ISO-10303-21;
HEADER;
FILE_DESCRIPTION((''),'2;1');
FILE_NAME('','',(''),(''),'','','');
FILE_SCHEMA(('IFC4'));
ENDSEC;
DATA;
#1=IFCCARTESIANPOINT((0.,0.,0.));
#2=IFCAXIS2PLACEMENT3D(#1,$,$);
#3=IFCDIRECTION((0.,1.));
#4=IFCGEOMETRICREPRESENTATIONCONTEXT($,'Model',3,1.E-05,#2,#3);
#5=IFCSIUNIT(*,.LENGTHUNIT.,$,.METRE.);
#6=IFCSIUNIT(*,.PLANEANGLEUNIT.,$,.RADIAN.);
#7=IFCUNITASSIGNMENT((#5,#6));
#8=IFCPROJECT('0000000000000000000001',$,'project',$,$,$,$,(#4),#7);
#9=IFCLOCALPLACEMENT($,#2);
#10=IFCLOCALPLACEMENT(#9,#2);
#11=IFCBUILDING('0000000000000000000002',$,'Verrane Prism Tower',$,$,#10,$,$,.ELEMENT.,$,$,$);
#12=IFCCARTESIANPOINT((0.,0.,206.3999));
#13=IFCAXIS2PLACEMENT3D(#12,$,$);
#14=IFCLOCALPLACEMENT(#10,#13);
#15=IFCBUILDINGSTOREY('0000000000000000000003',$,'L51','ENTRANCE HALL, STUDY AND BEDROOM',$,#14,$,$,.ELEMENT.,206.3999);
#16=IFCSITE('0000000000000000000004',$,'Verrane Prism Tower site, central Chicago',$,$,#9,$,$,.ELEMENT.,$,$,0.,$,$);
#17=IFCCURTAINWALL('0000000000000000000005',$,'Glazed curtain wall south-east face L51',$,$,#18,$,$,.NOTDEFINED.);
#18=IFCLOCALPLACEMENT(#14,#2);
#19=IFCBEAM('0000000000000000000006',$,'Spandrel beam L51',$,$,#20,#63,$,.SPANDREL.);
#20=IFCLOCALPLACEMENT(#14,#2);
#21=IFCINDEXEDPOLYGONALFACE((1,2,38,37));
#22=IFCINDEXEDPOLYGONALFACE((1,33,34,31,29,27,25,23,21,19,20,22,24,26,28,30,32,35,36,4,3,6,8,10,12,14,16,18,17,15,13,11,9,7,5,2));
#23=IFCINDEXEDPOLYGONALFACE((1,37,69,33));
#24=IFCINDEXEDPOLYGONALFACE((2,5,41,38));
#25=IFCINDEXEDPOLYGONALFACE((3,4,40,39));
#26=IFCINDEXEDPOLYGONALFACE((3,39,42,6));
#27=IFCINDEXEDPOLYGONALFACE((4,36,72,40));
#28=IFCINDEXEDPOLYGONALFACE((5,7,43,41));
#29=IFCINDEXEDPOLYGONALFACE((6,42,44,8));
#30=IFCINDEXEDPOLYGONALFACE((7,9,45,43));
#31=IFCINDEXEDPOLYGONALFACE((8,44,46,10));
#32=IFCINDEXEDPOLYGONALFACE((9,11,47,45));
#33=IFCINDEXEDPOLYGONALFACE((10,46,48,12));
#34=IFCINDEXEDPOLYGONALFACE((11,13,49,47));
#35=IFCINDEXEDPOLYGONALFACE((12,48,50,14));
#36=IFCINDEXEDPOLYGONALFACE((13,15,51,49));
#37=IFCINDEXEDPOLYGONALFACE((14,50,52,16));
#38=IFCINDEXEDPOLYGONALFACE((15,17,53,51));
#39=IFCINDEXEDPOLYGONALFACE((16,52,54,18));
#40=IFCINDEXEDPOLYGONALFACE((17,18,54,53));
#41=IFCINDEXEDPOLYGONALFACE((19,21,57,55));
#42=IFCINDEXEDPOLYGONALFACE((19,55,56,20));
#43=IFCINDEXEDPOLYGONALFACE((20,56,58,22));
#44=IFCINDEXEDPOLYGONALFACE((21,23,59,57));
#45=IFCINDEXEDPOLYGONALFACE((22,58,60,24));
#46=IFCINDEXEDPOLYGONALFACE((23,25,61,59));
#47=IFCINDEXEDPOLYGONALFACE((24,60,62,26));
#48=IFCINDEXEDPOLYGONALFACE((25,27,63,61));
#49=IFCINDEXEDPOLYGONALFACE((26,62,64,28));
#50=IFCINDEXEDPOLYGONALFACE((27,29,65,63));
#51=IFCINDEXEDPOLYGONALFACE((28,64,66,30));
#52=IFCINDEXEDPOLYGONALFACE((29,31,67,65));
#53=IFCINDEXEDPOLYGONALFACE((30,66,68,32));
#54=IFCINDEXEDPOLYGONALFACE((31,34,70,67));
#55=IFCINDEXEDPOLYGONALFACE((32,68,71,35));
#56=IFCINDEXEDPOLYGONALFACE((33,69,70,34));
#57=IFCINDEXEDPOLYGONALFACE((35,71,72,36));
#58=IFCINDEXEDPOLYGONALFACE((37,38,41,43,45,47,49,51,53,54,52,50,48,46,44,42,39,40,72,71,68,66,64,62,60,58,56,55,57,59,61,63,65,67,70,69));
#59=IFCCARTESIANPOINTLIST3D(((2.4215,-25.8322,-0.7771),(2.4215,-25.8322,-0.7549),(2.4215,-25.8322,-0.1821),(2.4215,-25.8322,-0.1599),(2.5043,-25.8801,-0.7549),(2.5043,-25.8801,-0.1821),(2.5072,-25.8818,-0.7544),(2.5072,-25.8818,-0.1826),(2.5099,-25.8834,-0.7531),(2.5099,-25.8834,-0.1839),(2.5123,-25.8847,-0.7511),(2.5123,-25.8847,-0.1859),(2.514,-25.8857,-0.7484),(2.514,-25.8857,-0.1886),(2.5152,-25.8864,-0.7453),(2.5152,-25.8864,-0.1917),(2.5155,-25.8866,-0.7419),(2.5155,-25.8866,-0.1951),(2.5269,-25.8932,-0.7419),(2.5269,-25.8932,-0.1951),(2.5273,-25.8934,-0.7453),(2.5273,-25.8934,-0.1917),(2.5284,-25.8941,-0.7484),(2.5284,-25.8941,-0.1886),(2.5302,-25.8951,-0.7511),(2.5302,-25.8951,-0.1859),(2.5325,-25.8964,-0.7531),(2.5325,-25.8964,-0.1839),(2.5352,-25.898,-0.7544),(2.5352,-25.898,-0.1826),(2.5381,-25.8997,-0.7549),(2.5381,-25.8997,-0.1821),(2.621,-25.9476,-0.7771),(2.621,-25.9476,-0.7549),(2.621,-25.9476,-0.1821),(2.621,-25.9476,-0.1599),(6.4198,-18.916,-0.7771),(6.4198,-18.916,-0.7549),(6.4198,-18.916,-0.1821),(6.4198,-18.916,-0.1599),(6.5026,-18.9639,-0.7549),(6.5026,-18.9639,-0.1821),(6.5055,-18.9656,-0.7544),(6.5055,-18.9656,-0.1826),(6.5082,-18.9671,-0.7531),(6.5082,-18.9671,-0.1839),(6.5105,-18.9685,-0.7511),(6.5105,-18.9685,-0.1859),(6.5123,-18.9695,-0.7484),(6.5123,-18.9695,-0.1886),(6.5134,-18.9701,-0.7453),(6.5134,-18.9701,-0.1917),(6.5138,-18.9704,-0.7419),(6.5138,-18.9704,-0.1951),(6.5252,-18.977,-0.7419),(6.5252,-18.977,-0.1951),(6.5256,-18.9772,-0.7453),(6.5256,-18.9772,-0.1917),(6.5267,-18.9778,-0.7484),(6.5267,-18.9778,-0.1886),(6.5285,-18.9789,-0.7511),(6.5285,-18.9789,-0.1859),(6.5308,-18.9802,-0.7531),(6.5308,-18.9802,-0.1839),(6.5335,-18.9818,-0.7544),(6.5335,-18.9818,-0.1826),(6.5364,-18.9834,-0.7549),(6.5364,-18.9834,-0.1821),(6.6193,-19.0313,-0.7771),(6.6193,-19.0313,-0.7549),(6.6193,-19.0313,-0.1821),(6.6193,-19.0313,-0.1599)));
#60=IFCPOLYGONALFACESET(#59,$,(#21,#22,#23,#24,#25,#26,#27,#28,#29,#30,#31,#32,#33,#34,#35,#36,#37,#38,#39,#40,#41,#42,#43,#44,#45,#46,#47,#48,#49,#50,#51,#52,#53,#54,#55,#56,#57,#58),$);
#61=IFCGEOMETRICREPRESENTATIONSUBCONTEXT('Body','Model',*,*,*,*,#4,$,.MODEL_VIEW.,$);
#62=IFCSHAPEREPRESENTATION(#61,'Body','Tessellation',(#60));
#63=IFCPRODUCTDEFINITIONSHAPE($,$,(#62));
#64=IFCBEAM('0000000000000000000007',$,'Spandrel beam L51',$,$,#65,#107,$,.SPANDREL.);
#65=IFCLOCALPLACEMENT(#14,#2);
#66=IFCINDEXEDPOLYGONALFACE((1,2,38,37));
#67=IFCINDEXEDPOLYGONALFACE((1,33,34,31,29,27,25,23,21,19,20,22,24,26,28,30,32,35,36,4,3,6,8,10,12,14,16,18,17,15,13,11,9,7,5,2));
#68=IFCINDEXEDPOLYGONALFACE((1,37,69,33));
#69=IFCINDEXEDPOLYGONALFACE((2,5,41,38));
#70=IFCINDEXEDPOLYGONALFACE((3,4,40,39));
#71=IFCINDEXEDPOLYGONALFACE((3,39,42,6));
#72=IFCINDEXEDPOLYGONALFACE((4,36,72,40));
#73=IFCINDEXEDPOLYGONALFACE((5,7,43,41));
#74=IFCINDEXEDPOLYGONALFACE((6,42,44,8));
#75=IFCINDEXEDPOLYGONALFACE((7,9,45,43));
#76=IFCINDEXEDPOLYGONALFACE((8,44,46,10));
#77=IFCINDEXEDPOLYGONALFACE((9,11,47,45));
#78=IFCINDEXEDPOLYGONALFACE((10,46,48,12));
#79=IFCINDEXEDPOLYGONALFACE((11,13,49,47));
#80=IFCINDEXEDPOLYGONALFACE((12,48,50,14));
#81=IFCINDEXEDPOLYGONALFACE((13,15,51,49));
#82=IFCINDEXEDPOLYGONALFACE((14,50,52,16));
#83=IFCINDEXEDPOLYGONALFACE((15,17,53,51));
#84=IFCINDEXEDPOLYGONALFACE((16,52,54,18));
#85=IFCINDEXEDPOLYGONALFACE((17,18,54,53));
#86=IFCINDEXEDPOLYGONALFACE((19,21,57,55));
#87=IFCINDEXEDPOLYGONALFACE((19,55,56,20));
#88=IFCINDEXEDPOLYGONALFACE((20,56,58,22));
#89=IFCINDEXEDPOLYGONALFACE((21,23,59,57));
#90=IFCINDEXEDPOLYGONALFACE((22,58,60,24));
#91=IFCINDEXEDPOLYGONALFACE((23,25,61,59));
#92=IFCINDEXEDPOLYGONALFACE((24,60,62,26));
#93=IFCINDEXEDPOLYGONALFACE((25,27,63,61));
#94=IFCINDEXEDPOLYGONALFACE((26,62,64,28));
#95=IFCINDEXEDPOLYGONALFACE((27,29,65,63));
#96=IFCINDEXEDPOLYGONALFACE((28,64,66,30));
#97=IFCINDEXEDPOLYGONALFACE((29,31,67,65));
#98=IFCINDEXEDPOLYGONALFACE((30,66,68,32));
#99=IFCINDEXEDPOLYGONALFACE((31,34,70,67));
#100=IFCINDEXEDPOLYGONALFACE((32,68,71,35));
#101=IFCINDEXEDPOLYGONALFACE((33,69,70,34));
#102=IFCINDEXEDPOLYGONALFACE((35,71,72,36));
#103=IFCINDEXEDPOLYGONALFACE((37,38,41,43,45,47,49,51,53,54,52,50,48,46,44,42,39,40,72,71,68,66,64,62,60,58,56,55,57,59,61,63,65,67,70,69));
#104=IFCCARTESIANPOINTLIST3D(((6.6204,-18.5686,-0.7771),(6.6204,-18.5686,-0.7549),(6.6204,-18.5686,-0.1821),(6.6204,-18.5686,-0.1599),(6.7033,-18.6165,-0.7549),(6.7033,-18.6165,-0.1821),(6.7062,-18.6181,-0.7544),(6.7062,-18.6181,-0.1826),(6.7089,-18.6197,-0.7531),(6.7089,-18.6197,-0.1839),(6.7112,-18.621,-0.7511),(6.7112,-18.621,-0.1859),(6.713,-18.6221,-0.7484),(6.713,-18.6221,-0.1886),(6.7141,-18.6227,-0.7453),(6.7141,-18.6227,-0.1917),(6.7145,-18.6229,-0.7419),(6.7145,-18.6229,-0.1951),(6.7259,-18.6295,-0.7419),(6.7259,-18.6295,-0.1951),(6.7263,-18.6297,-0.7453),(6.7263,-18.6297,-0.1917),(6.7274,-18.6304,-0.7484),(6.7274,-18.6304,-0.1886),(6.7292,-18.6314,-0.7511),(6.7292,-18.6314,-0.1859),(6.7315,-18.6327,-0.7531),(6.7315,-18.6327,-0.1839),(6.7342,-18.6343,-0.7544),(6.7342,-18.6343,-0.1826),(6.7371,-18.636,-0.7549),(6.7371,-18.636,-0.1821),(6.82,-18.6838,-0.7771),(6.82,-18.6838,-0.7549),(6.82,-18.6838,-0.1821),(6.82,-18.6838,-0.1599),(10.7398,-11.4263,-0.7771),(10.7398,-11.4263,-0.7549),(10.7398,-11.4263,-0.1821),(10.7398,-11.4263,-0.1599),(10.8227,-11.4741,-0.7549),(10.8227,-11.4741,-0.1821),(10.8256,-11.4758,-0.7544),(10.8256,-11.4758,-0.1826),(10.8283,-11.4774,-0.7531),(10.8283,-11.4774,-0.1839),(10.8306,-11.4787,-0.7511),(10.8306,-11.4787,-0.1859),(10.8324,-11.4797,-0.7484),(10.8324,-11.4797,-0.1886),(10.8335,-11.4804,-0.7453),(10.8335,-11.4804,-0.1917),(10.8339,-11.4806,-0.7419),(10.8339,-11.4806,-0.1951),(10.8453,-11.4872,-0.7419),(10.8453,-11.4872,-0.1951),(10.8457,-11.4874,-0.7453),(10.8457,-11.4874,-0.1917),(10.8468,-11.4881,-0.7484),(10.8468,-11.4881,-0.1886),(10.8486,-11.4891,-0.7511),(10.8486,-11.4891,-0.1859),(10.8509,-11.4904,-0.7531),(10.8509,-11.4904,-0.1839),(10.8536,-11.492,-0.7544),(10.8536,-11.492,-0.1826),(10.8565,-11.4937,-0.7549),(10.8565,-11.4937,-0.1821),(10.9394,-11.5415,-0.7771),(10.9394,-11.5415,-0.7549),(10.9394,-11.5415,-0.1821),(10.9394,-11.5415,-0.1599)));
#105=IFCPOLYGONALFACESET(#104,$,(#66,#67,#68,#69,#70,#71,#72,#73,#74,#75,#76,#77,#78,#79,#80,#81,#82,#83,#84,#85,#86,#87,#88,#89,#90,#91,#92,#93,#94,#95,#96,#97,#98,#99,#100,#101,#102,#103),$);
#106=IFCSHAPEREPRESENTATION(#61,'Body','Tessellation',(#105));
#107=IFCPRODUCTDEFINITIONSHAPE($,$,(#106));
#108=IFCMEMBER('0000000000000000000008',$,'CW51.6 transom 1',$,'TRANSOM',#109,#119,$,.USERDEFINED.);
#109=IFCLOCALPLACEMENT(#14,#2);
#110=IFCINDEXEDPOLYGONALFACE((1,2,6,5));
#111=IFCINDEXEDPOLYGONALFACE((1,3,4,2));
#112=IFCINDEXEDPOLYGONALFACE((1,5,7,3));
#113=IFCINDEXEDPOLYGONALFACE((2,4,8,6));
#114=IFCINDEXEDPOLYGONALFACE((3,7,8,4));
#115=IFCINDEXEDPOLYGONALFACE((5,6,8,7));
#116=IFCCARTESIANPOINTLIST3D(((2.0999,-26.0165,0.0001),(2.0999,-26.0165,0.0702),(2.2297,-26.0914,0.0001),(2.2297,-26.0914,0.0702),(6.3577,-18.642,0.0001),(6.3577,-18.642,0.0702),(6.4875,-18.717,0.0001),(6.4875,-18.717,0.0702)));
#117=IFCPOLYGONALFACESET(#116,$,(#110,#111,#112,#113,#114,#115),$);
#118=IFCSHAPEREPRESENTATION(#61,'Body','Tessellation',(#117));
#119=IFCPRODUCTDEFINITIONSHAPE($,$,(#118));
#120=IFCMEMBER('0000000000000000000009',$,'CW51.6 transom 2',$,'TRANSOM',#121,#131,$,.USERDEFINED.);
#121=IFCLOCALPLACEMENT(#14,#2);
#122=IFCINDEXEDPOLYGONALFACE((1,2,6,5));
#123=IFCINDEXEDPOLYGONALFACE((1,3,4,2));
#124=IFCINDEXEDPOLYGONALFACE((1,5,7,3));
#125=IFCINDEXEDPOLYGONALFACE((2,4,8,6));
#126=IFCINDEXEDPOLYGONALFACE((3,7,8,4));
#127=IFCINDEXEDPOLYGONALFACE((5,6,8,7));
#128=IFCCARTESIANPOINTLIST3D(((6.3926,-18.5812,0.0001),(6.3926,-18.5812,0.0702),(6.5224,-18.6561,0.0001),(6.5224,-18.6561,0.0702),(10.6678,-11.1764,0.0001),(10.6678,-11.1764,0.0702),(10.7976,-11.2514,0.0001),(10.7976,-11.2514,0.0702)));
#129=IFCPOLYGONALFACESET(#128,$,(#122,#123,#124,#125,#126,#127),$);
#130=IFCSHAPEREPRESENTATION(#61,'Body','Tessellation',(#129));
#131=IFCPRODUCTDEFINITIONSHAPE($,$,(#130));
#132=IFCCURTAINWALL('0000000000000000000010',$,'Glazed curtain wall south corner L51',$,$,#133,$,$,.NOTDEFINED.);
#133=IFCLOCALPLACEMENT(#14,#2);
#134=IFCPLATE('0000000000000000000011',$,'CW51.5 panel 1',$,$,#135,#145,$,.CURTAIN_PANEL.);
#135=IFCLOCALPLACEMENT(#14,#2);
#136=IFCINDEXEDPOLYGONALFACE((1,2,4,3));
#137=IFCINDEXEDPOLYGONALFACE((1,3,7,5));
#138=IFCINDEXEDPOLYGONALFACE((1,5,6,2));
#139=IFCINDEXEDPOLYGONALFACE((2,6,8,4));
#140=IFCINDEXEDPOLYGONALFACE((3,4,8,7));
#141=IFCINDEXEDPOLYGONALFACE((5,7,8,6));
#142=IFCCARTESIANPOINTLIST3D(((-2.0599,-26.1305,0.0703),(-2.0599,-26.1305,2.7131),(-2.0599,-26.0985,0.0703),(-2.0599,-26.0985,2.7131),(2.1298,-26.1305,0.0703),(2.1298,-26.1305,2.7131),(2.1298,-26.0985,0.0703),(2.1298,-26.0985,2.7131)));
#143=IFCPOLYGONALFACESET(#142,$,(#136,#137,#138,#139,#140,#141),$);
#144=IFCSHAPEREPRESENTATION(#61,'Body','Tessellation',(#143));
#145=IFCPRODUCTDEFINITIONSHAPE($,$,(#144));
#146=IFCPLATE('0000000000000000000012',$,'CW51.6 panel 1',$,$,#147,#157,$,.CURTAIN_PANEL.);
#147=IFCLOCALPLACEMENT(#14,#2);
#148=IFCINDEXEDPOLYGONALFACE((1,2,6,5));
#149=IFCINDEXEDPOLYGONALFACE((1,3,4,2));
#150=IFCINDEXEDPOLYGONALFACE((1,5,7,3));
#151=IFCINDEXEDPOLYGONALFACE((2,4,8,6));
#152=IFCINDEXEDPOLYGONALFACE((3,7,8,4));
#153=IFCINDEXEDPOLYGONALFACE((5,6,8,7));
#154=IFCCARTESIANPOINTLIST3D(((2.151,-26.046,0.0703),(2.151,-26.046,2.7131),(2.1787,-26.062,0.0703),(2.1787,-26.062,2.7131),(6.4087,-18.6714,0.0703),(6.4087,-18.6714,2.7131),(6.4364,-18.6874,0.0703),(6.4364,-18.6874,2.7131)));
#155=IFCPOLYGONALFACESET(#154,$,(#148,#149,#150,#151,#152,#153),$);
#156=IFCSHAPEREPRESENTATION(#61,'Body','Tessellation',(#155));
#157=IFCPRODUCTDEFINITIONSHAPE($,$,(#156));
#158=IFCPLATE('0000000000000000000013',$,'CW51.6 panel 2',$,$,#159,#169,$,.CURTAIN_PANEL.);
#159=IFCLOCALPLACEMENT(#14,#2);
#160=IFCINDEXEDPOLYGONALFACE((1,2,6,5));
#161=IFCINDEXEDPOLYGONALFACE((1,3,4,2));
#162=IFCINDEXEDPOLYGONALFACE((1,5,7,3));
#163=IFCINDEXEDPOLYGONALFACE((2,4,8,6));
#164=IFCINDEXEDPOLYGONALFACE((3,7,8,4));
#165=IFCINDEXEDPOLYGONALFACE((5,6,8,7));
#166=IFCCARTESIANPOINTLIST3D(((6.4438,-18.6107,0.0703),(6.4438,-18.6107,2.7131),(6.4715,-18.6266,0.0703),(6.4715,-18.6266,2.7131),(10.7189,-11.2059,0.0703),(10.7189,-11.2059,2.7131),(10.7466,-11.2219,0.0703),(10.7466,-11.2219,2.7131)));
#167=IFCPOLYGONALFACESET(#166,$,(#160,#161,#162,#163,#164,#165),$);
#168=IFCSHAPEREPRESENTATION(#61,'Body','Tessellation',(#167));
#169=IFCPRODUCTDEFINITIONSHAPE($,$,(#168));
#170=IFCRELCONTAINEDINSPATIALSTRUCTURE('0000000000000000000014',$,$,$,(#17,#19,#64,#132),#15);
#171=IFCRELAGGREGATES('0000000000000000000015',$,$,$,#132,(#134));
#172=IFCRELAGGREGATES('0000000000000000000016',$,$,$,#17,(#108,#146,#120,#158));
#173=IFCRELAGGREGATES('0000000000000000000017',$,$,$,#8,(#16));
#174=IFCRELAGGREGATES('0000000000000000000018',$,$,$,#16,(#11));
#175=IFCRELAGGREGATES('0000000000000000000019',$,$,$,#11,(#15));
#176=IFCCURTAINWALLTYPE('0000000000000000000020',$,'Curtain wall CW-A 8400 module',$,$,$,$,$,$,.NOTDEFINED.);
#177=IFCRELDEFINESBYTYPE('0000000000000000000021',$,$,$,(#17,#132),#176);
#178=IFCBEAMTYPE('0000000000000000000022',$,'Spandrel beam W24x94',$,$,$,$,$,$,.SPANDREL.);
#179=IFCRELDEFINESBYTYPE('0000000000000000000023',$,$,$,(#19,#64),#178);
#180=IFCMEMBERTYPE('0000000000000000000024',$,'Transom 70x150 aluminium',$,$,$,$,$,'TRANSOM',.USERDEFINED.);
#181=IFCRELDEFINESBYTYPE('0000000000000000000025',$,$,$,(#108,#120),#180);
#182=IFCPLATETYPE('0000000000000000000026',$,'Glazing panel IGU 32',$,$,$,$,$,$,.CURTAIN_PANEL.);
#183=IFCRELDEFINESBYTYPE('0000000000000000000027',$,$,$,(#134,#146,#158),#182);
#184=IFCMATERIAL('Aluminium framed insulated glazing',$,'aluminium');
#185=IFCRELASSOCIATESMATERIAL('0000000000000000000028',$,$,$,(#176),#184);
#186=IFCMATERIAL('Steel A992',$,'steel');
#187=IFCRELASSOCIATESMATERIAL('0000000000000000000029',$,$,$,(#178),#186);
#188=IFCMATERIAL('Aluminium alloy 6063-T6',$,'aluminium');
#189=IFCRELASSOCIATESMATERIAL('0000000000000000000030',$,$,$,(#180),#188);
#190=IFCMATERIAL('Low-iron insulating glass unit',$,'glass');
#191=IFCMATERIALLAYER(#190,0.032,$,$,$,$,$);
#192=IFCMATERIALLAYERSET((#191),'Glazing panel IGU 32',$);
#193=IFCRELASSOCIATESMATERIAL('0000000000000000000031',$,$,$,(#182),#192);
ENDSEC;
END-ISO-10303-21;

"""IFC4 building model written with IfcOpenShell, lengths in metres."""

from ifc_helpers import new_model, si_unit, direction, frame, origin, origin_2d, place, context, subcontext, project, spatial, rectangle, i_section, extrude, material, layer, layer_set, material_profile, profile_set, type_object, element, aggregate, save


model = new_model("IFC4")

# Units and contexts
model_context = context("Model", 3, precision=1e-05, world=origin(), true_north=direction((0.0, 1.0)))
body_context = subcontext(model_context, "Body", "Model", "MODEL_VIEW")
ifc_project = project(units=[si_unit("LENGTHUNIT", "METRE"), si_unit("PLANEANGLEUNIT", "RADIAN")], contexts=[model_context])

# Site, building, storey
site_placement = place(None, origin())
site = spatial("IfcSite", under=ifc_project, at=site_placement, Name="Verrane Prism Tower site, central Chicago", CompositionType="ELEMENT", RefElevation=0.0)
building_placement = place(site_placement, origin())
building = spatial("IfcBuilding", under=site, at=building_placement, Name="Verrane Prism Tower", CompositionType="ELEMENT")
storey_placement = place(building_placement, frame((0.0, 0.0, 206.3999)))
storey = spatial("IfcBuildingStorey", under=building, at=storey_placement, Name="L51", Description="ENTRANCE HALL, STUDY AND BEDROOM", CompositionType="ELEMENT", Elevation=206.3999)

# Curtain wall
ifc_material_1 = material(Name="Aluminium framed insulated glazing", Category="aluminium")
curtain_wall_type = type_object("IfcCurtainWallType", Name="Curtain wall CW-A 8400 module", PredefinedType="NOTDEFINED", material=ifc_material_1)
curtain_wall_1_placement = place(storey_placement, origin())
curtain_wall_1 = element("IfcCurtainWall", 1, at=curtain_wall_1_placement, inside=storey, type_object=curtain_wall_type, Name="Glazed curtain wall south-east face L51", PredefinedType="NOTDEFINED")

# Beams
ifc_material_2 = material(Name="Steel A992", Category="steel")
ifc_material_profile_1 = material_profile(ifc_material_2, i_section(OverallWidth=0.2305, OverallDepth=0.6172, WebThickness=0.0132, FlangeThickness=0.0222, FilletRadius=0.0129, at=origin_2d()), Name="W24x94")
ifc_profile_set_1 = profile_set([ifc_material_profile_1], Name="Steel A992")
beam_type_1 = type_object("IfcBeamType", Name="Spandrel beam W24x94", PredefinedType="SPANDREL", material=ifc_profile_set_1)
beam_1_placement = place(storey_placement, frame((2.5212, -25.8899, -0.4685), z_axis=(0.500487, 0.865744, 0.0), x_axis=(-0.865744, 0.500487, 0.0)))
element("IfcBeam", 2, at=beam_1_placement, inside=storey, type_object=beam_type_1, Name="Spandrel beam L51", PredefinedType="SPANDREL", context=body_context, shape_type="SweptSolid", body=[
    extrude(i_section(OverallWidth=0.2305, OverallDepth=0.6172, WebThickness=0.0132, FlangeThickness=0.0222, FilletRadius=0.0129, at=origin_2d()), origin(), (0.0, 0.0, 1.0), 7.9888),
])
beam_2_placement = place(storey_placement, frame((6.7202, -18.6262, -0.4685), z_axis=(0.499614, 0.866248, 0.0), x_axis=(-0.866248, 0.499614, 0.0)))
element("IfcBeam", 3, at=beam_2_placement, inside=storey, type_object=beam_type_1, Name="Spandrel beam L51", PredefinedType="SPANDREL", context=body_context, shape_type="SweptSolid", body=[
    extrude(i_section(OverallWidth=0.2305, OverallDepth=0.6172, WebThickness=0.0132, FlangeThickness=0.0222, FilletRadius=0.0129, at=origin_2d()), origin(), (0.0, 0.0, 1.0), 8.2451),
])

# Members
ifc_material_3 = material(Name="Aluminium alloy 6063-T6", Category="aluminium")
ifc_material_profile_2 = material_profile(ifc_material_3, rectangle(XDim=0.1499, YDim=0.0701, at=origin_2d()), Name="Transom 70x150 aluminium")
ifc_profile_set_2 = profile_set([ifc_material_profile_2], Name="Aluminium alloy 6063-T6")
member_type_1 = type_object("IfcMemberType", Name="Transom 70x150 aluminium", ElementType="TRANSOM", PredefinedType="USERDEFINED", material=ifc_profile_set_2)
member_1_placement = place(storey_placement, frame((2.1648, -26.054, 0.0352), z_axis=(0.500012, 0.866018, 0.0), x_axis=(-0.866018, 0.500012, 0.0)))
member_1 = element("IfcMember", 4, at=member_1_placement, type_object=member_type_1, Name="CW51.6 transom 1", ObjectType="TRANSOM", PredefinedType="USERDEFINED", context=body_context, shape_type="SweptSolid", body=[
    extrude(rectangle(XDim=0.1499, YDim=0.0701, at=origin_2d()), origin(), (0.0, 0.0, 1.0), 8.5154),
])
member_2_placement = place(storey_placement, frame((6.4575, -18.6187, 0.0352), z_axis=(0.499999, 0.866026, 0.0), x_axis=(-0.866026, 0.499999, 0.0)))
member_2 = element("IfcMember", 5, at=member_2_placement, type_object=member_type_1, Name="CW51.6 transom 2", ObjectType="TRANSOM", PredefinedType="USERDEFINED", context=body_context, shape_type="SweptSolid", body=[
    extrude(rectangle(XDim=0.1499, YDim=0.0701, at=origin_2d()), origin(), (0.0, 0.0, 1.0), 8.5503),
])

# Curtain wall, plate
curtain_wall_2_placement = place(storey_placement, origin())
curtain_wall_2 = element("IfcCurtainWall", 6, at=curtain_wall_2_placement, inside=storey, type_object=curtain_wall_type, Name="Glazed curtain wall south corner L51", PredefinedType="NOTDEFINED")
ifc_material_4 = material(Name="Low-iron insulating glass unit", Category="glass")
ifc_layer_1 = layer(ifc_material_4, 0.032)
ifc_layer_set_1 = layer_set([ifc_layer_1], Name="Glazing panel IGU 32")
plate_type = type_object("IfcPlateType", Name="Glazing panel IGU 32", PredefinedType="CURTAIN_PANEL", material=ifc_layer_set_1)
plate_1_placement = place(storey_placement, frame((0.0349, -26.1145, 0.0703), z_axis=(0.0, 0.0, 1.0), x_axis=(1.0, 0.0, 0.0)))
plate_1 = element("IfcPlate", 7, at=plate_1_placement, type_object=plate_type, Name="CW51.5 panel 1", PredefinedType="CURTAIN_PANEL", context=body_context, shape_type="SweptSolid", body=[
    extrude(rectangle(XDim=4.1897, YDim=0.032, at=origin_2d()), origin(), (0.0, 0.0, 1.0), 2.6428),
])
aggregate(curtain_wall_2, [plate_1])

# Plates
plate_2_placement = place(storey_placement, frame((4.2937, -22.3667, 0.0703), z_axis=(0.0, 0.0, 1.0), x_axis=(0.499999, 0.866026, 0.0)))
plate_2 = element("IfcPlate", 8, at=plate_2_placement, type_object=plate_type, Name="CW51.6 panel 1", PredefinedType="CURTAIN_PANEL", context=body_context, shape_type="SweptSolid", body=[
    extrude(rectangle(XDim=8.5154, YDim=0.032, at=origin_2d()), origin(), (0.0, 0.0, 1.0), 2.6428),
])
plate_3_placement = place(storey_placement, frame((8.5952, -14.9163, 0.0703), z_axis=(0.0, 0.0, 1.0), x_axis=(0.499999, 0.866026, 0.0)))
plate_3 = element("IfcPlate", 9, at=plate_3_placement, type_object=plate_type, Name="CW51.6 panel 2", PredefinedType="CURTAIN_PANEL", context=body_context, shape_type="SweptSolid", body=[
    extrude(rectangle(XDim=8.5503, YDim=0.032, at=origin_2d()), origin(), (0.0, 0.0, 1.0), 2.6428),
])
aggregate(curtain_wall_1, [member_1, plate_2, member_2, plate_3])

save(model, "model.ifc")
